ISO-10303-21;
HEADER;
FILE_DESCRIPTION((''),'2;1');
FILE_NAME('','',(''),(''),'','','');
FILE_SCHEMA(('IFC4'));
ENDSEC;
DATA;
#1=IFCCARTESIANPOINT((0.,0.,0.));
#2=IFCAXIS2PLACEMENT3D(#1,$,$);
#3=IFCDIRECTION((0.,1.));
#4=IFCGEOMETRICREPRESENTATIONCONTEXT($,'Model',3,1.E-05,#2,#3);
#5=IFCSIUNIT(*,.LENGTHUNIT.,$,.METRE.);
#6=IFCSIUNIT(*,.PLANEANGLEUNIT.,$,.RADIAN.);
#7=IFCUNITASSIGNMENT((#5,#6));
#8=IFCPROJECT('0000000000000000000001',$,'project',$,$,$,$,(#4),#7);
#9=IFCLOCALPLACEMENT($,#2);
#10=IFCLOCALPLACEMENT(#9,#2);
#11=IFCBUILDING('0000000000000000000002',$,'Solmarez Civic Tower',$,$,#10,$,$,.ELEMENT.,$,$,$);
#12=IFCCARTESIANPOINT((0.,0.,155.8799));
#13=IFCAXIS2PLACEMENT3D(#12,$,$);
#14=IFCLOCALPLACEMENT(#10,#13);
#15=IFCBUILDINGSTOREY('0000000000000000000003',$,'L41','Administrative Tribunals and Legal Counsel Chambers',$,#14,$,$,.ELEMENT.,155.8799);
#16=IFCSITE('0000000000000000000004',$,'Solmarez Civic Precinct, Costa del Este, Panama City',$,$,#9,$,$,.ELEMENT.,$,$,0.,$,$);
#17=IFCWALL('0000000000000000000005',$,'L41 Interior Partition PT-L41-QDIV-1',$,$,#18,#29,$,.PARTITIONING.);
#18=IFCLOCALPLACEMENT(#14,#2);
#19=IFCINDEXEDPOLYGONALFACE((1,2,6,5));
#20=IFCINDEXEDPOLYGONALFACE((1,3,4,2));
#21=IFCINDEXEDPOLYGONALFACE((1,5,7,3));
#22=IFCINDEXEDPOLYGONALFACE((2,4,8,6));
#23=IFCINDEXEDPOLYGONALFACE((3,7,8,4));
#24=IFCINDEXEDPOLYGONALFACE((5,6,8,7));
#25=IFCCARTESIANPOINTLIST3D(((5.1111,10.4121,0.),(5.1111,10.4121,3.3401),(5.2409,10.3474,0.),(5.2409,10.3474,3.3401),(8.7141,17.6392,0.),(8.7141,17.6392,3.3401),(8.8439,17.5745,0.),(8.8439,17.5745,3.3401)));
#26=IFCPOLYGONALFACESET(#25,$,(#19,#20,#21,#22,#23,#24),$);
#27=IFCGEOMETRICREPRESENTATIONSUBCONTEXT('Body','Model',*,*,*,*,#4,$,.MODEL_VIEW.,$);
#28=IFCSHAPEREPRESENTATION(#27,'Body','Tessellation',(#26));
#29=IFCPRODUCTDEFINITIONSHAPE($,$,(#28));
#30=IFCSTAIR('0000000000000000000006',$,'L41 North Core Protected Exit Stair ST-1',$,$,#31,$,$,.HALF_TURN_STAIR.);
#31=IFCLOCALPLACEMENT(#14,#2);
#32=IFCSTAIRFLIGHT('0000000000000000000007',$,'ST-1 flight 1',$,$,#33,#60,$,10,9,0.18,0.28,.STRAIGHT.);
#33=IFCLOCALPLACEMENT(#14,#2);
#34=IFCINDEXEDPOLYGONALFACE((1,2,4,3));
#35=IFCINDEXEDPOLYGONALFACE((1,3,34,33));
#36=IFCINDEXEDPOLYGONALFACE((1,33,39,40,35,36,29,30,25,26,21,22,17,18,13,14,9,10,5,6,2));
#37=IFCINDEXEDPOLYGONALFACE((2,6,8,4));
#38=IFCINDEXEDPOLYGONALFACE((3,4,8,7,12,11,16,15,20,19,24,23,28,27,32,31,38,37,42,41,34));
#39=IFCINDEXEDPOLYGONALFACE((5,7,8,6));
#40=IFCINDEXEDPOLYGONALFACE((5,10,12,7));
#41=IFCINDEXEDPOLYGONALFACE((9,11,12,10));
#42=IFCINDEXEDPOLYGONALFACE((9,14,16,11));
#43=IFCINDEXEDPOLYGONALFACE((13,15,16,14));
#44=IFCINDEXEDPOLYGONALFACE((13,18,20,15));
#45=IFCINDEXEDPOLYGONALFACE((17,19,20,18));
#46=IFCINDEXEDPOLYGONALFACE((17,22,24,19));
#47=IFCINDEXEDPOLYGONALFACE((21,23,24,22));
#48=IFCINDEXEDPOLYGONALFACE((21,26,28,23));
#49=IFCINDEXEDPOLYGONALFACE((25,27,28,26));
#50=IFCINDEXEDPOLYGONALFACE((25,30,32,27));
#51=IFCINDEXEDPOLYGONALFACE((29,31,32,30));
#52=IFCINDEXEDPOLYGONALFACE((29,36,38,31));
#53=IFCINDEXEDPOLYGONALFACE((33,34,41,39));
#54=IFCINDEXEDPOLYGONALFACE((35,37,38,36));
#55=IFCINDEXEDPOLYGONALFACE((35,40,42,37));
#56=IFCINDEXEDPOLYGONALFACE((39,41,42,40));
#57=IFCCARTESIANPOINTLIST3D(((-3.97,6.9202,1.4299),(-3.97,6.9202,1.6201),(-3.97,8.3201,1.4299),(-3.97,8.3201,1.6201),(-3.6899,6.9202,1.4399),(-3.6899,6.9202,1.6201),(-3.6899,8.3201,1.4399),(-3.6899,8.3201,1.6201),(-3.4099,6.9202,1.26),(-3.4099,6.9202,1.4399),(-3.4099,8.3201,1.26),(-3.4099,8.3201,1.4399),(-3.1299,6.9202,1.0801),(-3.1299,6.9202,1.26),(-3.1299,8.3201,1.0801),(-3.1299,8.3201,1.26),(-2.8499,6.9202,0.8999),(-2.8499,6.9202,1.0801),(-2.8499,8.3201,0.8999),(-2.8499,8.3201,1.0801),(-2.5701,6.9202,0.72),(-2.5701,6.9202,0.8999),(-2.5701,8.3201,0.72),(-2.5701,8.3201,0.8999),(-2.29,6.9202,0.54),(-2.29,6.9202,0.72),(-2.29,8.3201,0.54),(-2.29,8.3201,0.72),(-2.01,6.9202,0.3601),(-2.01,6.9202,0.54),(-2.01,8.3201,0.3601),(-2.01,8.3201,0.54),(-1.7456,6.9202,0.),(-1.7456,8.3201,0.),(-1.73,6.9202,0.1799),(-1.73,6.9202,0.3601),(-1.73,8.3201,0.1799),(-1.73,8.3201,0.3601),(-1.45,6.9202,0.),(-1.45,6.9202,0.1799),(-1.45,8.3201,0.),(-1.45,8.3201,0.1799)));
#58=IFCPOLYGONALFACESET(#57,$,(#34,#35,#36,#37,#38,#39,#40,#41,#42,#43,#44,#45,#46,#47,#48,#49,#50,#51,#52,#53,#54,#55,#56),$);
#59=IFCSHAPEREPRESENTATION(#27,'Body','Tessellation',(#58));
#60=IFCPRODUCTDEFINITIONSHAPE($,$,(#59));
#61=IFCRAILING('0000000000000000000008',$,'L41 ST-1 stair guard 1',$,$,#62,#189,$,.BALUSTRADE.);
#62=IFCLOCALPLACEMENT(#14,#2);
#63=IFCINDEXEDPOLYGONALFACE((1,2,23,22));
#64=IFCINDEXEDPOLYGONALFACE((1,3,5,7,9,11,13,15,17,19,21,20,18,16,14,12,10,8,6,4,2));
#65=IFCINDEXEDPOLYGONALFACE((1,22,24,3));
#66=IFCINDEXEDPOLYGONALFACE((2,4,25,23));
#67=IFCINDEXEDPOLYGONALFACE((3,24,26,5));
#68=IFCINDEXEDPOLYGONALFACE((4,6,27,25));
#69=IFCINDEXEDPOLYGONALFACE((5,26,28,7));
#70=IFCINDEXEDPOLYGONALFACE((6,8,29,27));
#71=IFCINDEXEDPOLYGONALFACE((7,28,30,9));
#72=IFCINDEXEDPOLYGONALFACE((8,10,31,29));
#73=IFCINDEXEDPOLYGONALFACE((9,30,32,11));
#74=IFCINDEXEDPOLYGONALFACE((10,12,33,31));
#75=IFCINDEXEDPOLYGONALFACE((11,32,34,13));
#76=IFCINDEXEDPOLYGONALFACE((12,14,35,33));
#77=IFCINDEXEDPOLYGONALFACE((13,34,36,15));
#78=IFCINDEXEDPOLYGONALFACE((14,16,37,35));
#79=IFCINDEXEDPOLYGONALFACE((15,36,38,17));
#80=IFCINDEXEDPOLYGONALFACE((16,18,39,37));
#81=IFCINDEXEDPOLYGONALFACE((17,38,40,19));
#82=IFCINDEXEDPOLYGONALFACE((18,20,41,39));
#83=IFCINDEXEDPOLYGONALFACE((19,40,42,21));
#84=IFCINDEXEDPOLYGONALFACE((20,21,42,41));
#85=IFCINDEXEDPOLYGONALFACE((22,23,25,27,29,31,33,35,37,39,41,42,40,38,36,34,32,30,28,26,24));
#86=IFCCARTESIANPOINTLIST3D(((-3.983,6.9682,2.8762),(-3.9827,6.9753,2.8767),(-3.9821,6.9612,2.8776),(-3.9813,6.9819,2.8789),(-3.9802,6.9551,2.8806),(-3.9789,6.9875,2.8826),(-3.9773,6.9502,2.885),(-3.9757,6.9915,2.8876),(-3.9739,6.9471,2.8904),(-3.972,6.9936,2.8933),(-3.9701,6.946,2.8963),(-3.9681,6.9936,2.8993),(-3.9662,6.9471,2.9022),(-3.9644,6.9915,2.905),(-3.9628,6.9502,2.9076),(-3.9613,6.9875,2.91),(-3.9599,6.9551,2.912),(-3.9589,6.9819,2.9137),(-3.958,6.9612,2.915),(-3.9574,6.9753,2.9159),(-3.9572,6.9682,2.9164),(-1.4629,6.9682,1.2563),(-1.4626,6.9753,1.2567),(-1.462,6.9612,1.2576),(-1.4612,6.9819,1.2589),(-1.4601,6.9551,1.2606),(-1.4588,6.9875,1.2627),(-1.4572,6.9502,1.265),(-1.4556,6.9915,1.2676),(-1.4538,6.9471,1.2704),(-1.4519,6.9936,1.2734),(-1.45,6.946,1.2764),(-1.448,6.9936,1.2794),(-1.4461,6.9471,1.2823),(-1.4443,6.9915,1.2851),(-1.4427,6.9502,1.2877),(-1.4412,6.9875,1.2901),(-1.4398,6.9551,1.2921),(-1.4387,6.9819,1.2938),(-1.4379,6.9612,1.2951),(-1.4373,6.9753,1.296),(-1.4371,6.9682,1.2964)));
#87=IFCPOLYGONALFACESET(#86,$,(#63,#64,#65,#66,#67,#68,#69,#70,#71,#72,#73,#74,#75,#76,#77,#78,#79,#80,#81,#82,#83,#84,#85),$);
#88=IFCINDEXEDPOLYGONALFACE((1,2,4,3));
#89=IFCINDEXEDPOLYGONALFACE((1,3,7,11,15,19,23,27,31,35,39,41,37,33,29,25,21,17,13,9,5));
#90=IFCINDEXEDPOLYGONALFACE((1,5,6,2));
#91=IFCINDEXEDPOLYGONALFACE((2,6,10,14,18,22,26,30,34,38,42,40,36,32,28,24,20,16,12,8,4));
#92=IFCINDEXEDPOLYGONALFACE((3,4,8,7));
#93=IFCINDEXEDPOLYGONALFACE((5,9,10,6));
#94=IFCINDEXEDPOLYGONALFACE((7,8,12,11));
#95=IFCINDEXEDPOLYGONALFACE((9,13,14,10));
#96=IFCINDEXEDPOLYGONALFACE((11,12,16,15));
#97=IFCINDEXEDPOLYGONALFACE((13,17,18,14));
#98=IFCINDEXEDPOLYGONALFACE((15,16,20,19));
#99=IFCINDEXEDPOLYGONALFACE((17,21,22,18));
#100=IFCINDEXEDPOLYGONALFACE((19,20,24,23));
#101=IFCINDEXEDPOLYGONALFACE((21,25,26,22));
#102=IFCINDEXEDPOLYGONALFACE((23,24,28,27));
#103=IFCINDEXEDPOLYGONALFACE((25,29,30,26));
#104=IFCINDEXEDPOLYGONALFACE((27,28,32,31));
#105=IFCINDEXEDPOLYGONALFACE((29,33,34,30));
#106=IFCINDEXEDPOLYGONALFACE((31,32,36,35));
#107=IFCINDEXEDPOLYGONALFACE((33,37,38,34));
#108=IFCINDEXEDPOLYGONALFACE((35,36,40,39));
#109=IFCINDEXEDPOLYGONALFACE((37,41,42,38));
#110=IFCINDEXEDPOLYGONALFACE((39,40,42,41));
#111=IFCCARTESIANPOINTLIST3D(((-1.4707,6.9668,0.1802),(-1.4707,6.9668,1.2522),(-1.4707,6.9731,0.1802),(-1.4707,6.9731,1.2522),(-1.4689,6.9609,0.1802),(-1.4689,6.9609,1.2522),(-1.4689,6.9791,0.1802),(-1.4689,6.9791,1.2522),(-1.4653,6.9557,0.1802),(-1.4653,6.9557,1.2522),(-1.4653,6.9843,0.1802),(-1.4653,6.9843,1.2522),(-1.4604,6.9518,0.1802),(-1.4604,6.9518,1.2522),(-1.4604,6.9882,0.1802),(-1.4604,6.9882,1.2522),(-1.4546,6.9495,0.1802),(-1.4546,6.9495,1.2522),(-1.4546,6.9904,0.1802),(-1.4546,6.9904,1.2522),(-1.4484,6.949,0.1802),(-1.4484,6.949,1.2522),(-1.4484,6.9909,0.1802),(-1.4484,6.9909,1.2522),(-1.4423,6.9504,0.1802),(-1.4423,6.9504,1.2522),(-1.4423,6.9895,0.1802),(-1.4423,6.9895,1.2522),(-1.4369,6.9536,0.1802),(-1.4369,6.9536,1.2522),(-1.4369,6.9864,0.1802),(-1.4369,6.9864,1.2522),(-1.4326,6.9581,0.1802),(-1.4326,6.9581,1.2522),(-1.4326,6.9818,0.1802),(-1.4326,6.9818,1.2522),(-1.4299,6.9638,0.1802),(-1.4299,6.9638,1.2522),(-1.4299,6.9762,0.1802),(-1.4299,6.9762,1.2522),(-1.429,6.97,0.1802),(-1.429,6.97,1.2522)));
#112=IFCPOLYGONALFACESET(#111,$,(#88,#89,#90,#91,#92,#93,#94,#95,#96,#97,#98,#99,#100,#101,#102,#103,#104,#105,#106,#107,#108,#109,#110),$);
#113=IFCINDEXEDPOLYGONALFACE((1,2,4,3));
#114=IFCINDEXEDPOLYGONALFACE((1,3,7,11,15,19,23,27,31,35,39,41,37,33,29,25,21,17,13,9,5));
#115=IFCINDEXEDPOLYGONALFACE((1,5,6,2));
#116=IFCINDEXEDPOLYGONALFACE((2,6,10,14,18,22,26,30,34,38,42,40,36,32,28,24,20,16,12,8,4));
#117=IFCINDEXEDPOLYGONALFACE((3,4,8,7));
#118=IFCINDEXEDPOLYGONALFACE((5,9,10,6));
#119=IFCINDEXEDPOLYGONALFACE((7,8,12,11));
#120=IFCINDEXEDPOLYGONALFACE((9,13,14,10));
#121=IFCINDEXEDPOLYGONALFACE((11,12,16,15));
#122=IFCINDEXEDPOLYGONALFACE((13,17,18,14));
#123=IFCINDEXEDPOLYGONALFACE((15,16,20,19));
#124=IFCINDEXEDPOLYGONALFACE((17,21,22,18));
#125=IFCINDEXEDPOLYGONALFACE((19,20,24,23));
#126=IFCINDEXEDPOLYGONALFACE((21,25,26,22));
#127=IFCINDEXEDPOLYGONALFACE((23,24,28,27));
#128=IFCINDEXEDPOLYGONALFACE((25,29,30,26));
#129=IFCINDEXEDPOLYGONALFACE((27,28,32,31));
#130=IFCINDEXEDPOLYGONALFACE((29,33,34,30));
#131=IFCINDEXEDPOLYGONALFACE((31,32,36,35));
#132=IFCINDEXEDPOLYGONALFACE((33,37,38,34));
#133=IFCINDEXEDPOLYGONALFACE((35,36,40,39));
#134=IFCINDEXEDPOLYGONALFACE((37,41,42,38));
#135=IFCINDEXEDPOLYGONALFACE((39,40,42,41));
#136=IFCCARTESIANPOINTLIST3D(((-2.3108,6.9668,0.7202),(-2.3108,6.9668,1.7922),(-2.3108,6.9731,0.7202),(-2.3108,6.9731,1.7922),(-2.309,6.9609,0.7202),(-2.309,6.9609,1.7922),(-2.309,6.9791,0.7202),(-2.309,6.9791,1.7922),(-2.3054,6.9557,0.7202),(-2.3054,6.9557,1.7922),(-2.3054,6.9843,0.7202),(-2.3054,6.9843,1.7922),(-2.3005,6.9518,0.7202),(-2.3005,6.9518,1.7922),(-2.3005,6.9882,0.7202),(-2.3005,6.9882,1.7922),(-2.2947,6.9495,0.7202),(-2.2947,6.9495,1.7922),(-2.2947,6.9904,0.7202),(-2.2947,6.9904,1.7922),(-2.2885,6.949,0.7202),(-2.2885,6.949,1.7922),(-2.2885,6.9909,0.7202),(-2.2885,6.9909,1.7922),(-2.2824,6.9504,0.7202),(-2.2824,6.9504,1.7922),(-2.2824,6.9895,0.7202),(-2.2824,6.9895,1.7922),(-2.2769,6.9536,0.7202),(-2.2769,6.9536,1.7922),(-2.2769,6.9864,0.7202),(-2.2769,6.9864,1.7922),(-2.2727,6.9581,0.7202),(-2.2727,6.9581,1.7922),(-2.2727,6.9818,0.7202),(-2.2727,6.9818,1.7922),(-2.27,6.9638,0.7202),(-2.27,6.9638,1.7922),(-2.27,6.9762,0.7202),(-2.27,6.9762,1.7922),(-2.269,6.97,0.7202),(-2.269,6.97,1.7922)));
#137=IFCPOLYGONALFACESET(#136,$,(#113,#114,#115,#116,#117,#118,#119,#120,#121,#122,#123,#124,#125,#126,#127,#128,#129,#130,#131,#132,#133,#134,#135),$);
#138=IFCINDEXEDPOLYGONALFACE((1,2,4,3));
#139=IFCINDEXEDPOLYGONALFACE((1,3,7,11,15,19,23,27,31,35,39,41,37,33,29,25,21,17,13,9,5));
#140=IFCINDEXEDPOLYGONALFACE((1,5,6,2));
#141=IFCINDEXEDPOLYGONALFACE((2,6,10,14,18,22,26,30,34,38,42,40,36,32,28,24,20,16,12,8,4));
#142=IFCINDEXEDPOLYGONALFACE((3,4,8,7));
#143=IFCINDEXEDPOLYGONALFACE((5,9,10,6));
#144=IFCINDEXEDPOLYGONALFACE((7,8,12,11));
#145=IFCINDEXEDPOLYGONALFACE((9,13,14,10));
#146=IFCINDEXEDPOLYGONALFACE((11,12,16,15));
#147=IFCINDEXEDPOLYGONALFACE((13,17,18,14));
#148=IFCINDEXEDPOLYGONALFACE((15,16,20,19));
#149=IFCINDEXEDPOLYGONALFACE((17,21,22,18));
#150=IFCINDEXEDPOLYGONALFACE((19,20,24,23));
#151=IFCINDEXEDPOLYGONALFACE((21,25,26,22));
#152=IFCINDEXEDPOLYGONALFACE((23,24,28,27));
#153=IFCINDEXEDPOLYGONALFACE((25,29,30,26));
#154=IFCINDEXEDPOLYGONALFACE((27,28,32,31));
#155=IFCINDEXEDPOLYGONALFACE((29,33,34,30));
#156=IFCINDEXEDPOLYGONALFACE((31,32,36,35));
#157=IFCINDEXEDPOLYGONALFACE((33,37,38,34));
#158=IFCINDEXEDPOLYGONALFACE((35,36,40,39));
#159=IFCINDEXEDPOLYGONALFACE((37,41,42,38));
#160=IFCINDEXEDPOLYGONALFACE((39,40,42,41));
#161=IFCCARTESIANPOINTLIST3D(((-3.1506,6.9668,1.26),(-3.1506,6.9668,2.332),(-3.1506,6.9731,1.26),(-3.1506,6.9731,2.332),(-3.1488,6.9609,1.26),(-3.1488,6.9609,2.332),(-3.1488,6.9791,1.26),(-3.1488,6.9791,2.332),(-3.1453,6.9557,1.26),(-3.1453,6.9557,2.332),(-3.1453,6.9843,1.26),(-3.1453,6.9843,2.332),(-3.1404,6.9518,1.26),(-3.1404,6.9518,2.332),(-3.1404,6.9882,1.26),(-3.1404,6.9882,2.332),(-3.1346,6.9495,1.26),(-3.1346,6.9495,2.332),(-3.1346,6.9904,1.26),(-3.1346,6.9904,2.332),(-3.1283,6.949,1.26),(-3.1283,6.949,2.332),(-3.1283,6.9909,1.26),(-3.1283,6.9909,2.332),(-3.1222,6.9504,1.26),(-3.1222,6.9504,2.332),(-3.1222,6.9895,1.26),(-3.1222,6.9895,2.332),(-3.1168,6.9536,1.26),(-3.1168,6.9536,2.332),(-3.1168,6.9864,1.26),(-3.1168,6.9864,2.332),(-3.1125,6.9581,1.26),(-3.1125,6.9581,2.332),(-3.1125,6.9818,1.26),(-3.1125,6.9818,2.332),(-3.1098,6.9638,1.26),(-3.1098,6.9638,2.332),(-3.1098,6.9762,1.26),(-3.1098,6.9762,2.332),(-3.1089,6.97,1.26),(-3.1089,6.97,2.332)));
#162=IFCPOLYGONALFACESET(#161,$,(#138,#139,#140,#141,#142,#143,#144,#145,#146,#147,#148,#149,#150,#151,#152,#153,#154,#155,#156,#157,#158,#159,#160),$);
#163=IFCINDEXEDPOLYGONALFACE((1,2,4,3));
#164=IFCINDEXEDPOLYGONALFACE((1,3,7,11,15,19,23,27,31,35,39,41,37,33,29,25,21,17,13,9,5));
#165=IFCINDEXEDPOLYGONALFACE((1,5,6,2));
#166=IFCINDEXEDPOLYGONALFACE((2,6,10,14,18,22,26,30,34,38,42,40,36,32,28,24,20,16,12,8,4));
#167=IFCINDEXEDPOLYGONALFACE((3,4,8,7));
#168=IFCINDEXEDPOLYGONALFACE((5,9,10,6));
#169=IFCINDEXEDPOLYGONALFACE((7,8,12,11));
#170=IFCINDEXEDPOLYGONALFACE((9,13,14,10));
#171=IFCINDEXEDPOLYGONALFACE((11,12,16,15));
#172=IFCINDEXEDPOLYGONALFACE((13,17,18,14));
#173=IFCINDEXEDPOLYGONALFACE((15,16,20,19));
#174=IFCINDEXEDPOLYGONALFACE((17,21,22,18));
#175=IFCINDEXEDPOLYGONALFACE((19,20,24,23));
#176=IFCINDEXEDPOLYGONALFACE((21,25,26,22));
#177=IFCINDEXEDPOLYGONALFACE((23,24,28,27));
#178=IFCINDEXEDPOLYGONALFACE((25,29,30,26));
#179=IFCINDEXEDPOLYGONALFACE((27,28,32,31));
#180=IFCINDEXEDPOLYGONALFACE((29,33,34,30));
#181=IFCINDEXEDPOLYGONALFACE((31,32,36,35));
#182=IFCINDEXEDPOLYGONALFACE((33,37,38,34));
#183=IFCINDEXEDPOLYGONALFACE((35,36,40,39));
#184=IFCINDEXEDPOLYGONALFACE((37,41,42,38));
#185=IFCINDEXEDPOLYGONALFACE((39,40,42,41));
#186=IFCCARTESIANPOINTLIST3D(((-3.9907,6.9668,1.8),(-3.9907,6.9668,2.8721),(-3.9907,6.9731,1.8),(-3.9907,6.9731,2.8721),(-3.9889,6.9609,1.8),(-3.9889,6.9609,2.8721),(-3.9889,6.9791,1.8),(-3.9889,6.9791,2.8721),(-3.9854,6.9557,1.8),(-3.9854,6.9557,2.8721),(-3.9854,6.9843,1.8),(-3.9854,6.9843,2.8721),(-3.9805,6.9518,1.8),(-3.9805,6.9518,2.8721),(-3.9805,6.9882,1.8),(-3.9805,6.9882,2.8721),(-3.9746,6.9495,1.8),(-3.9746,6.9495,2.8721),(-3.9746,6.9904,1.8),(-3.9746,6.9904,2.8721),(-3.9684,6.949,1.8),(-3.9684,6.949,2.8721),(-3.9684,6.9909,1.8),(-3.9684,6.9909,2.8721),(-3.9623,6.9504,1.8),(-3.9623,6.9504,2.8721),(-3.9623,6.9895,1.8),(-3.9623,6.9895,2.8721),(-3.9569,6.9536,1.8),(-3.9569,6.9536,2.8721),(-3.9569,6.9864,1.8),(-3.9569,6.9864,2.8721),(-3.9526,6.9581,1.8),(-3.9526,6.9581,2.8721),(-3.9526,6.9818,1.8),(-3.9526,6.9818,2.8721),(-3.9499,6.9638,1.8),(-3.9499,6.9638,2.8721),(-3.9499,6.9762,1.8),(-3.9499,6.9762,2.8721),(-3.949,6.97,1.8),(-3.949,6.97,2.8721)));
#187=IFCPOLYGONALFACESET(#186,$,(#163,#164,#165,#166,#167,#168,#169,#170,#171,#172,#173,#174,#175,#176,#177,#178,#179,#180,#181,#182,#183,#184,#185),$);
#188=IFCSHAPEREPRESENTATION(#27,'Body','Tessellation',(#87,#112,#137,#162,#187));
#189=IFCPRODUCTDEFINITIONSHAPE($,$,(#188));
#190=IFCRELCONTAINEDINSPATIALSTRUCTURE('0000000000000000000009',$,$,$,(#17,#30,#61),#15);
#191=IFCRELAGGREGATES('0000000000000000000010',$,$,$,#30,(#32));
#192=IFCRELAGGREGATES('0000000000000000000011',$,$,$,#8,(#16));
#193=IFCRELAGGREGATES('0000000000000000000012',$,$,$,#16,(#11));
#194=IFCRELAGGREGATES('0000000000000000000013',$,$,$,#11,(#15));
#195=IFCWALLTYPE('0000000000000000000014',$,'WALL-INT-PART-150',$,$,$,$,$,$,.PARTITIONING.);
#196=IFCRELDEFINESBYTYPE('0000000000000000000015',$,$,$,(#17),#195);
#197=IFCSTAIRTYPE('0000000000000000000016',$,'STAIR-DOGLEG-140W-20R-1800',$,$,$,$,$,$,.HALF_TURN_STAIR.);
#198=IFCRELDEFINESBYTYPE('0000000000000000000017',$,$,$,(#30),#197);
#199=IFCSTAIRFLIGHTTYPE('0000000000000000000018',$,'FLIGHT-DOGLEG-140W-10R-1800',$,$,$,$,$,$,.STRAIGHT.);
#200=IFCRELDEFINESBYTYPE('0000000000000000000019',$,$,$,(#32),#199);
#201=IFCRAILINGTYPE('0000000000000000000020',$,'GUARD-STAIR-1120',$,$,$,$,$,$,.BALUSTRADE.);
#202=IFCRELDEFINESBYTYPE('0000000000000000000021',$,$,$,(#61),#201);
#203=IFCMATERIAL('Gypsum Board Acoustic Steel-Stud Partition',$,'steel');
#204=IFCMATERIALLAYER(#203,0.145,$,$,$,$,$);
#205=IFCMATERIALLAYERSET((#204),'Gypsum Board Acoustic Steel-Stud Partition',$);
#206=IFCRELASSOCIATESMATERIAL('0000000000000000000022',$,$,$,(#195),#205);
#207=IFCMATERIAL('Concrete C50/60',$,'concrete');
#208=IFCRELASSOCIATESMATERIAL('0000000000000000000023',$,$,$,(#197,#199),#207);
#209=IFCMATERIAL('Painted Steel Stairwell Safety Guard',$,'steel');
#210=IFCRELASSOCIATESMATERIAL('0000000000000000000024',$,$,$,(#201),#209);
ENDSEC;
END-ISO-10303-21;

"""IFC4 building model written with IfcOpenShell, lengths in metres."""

from ifc_helpers import new_model, si_unit, direction, frame, frame_2d, origin, origin_2d, place, context, subcontext, project, spatial, polyline, rectangle, circle, outline, extrude, material, layer, layer_set, type_object, element, aggregate, save


model = new_model("IFC4")

# Units and contexts
model_context = context("Model", 3, precision=1e-05, world=origin(), true_north=direction((0.0, 1.0)))
body_context = subcontext(model_context, "Body", "Model", "MODEL_VIEW")
ifc_project = project(units=[si_unit("LENGTHUNIT", "METRE"), si_unit("PLANEANGLEUNIT", "RADIAN")], contexts=[model_context])

# Site, building, storey
site_placement = place(None, origin())
site = spatial("IfcSite", under=ifc_project, at=site_placement, Name="Solmarez Civic Precinct, Costa del Este, Panama City", CompositionType="ELEMENT", RefElevation=0.0)
building_placement = place(site_placement, origin())
building = spatial("IfcBuilding", under=site, at=building_placement, Name="Solmarez Civic Tower", CompositionType="ELEMENT")
storey_placement = place(building_placement, frame((0.0, 0.0, 155.8799)))
storey = spatial("IfcBuildingStorey", under=building, at=storey_placement, Name="L41", Description="Administrative Tribunals and Legal Counsel Chambers", CompositionType="ELEMENT", Elevation=155.8799)

# Shared definitions
ifc_material_1 = material(Name="Concrete C50/60", Category="concrete")

# Wall
ifc_material_2 = material(Name="Gypsum Board Acoustic Steel-Stud Partition", Category="steel")
ifc_layer_1 = layer(ifc_material_2, 0.145)
ifc_layer_set_1 = layer_set([ifc_layer_1], Name="Gypsum Board Acoustic Steel-Stud Partition")
wall_type_1 = type_object("IfcWallType", Name="WALL-INT-PART-150", PredefinedType="PARTITIONING", material=ifc_layer_set_1)
wall_1_placement = place(storey_placement, frame((5.176, 10.3799, 0.0), z_axis=(0.0, 0.0, 1.0), x_axis=(0.446173, 0.894947, 0.0)))
element("IfcWall", 1, at=wall_1_placement, inside=storey, type_object=wall_type_1, Name="L41 Interior Partition PT-L41-QDIV-1", PredefinedType="PARTITIONING", context=body_context, shape_type="SweptSolid", body=[
    extrude(rectangle(XDim=8.0754, YDim=0.145, at=frame_2d((4.0376, 0.0))), origin(), (0.0, 0.0, 1.0), 3.3401),
])

# Stair, stair flight
stair_type = type_object("IfcStairType", Name="STAIR-DOGLEG-140W-20R-1800", PredefinedType="HALF_TURN_STAIR", material=ifc_material_1)
stair_placement = place(storey_placement, origin())
stair = element("IfcStair", 2, at=stair_placement, inside=storey, type_object=stair_type, Name="L41 North Core Protected Exit Stair ST-1", PredefinedType="HALF_TURN_STAIR")
stair_flight_type = type_object("IfcStairFlightType", Name="FLIGHT-DOGLEG-140W-10R-1800", PredefinedType="STRAIGHT", material=ifc_material_1)
stair_flight_placement = place(storey_placement, frame((-1.45, 7.6201, 0.0), z_axis=(0.0, 0.0, 1.0), x_axis=(-1.0, 0.0, 0.0)))
stair_flight = element("IfcStairFlight", 3, at=stair_flight_placement, type_object=stair_flight_type, Name="ST-1 flight 1", NumberOfRisers=10, NumberOfTreads=9, PredefinedType="STRAIGHT", RiserHeight=0.18, TreadLength=0.28, context=body_context, shape_type="SweptSolid", body=[
    extrude(outline(polyline([(0.0, 0.0), (0.0, 0.1799), (0.28, 0.1799), (0.28, 0.3601), (0.5601, 0.3601), (0.5601, 0.54), (0.8401, 0.54), (0.8401, 0.72), (1.1201, 0.72), (1.1201, 0.8999), (1.3999, 0.8999), (1.3999, 1.0801), (1.6799, 1.0801), (1.6799, 1.26), (1.96, 1.26), (1.96, 1.4399), (2.24, 1.4399), (2.24, 1.6201), (2.52, 1.6201), (2.52, 1.8), (2.52, 1.4299), (0.2957, 0.0), (0.0, 0.0)])), frame((0.0, 0.7, 0.0), z_axis=(0.0, -1.0, 0.0), x_axis=(1.0, 0.0, 0.0)), (0.0, 0.0, 1.0), 1.3999),
])
aggregate(stair, [stair_flight])

# Railing
ifc_material_3 = material(Name="Painted Steel Stairwell Safety Guard", Category="steel")
railing_type_1 = type_object("IfcRailingType", Name="GUARD-STAIR-1120", PredefinedType="BALUSTRADE", material=ifc_material_3)
railing_1_placement = place(storey_placement, frame((-1.45, 6.97, 0.1802)))
element("IfcRailing", 4, at=railing_1_placement, inside=storey, type_object=railing_type_1, Name="L41 ST-1 stair guard 1", PredefinedType="BALUSTRADE", context=body_context, shape_type="SweptSolid", body=[
    extrude(circle(Radius=0.0239, at=origin_2d()), frame((0.0, 0.0, 1.0962), z_axis=(-0.8412, 0.0, 0.540725), x_axis=(0.0, -1.0, 0.0)), (0.0, 0.0, 1.0), 2.9958),
    extrude(circle(Radius=0.021, at=origin_2d()), origin(), (0.0, 0.0, 1.0), 1.072),
    extrude(circle(Radius=0.021, at=origin_2d()), frame((-0.8401, 0.0, 0.54)), (0.0, 0.0, 1.0), 1.072),
    extrude(circle(Radius=0.021, at=origin_2d()), frame((-1.6799, 0.0, 1.0798)), (0.0, 0.0, 1.0), 1.072),
    extrude(circle(Radius=0.021, at=origin_2d()), frame((-2.52, 0.0, 1.6199)), (0.0, 0.0, 1.0), 1.072),
])

save(model, "model.ifc")
